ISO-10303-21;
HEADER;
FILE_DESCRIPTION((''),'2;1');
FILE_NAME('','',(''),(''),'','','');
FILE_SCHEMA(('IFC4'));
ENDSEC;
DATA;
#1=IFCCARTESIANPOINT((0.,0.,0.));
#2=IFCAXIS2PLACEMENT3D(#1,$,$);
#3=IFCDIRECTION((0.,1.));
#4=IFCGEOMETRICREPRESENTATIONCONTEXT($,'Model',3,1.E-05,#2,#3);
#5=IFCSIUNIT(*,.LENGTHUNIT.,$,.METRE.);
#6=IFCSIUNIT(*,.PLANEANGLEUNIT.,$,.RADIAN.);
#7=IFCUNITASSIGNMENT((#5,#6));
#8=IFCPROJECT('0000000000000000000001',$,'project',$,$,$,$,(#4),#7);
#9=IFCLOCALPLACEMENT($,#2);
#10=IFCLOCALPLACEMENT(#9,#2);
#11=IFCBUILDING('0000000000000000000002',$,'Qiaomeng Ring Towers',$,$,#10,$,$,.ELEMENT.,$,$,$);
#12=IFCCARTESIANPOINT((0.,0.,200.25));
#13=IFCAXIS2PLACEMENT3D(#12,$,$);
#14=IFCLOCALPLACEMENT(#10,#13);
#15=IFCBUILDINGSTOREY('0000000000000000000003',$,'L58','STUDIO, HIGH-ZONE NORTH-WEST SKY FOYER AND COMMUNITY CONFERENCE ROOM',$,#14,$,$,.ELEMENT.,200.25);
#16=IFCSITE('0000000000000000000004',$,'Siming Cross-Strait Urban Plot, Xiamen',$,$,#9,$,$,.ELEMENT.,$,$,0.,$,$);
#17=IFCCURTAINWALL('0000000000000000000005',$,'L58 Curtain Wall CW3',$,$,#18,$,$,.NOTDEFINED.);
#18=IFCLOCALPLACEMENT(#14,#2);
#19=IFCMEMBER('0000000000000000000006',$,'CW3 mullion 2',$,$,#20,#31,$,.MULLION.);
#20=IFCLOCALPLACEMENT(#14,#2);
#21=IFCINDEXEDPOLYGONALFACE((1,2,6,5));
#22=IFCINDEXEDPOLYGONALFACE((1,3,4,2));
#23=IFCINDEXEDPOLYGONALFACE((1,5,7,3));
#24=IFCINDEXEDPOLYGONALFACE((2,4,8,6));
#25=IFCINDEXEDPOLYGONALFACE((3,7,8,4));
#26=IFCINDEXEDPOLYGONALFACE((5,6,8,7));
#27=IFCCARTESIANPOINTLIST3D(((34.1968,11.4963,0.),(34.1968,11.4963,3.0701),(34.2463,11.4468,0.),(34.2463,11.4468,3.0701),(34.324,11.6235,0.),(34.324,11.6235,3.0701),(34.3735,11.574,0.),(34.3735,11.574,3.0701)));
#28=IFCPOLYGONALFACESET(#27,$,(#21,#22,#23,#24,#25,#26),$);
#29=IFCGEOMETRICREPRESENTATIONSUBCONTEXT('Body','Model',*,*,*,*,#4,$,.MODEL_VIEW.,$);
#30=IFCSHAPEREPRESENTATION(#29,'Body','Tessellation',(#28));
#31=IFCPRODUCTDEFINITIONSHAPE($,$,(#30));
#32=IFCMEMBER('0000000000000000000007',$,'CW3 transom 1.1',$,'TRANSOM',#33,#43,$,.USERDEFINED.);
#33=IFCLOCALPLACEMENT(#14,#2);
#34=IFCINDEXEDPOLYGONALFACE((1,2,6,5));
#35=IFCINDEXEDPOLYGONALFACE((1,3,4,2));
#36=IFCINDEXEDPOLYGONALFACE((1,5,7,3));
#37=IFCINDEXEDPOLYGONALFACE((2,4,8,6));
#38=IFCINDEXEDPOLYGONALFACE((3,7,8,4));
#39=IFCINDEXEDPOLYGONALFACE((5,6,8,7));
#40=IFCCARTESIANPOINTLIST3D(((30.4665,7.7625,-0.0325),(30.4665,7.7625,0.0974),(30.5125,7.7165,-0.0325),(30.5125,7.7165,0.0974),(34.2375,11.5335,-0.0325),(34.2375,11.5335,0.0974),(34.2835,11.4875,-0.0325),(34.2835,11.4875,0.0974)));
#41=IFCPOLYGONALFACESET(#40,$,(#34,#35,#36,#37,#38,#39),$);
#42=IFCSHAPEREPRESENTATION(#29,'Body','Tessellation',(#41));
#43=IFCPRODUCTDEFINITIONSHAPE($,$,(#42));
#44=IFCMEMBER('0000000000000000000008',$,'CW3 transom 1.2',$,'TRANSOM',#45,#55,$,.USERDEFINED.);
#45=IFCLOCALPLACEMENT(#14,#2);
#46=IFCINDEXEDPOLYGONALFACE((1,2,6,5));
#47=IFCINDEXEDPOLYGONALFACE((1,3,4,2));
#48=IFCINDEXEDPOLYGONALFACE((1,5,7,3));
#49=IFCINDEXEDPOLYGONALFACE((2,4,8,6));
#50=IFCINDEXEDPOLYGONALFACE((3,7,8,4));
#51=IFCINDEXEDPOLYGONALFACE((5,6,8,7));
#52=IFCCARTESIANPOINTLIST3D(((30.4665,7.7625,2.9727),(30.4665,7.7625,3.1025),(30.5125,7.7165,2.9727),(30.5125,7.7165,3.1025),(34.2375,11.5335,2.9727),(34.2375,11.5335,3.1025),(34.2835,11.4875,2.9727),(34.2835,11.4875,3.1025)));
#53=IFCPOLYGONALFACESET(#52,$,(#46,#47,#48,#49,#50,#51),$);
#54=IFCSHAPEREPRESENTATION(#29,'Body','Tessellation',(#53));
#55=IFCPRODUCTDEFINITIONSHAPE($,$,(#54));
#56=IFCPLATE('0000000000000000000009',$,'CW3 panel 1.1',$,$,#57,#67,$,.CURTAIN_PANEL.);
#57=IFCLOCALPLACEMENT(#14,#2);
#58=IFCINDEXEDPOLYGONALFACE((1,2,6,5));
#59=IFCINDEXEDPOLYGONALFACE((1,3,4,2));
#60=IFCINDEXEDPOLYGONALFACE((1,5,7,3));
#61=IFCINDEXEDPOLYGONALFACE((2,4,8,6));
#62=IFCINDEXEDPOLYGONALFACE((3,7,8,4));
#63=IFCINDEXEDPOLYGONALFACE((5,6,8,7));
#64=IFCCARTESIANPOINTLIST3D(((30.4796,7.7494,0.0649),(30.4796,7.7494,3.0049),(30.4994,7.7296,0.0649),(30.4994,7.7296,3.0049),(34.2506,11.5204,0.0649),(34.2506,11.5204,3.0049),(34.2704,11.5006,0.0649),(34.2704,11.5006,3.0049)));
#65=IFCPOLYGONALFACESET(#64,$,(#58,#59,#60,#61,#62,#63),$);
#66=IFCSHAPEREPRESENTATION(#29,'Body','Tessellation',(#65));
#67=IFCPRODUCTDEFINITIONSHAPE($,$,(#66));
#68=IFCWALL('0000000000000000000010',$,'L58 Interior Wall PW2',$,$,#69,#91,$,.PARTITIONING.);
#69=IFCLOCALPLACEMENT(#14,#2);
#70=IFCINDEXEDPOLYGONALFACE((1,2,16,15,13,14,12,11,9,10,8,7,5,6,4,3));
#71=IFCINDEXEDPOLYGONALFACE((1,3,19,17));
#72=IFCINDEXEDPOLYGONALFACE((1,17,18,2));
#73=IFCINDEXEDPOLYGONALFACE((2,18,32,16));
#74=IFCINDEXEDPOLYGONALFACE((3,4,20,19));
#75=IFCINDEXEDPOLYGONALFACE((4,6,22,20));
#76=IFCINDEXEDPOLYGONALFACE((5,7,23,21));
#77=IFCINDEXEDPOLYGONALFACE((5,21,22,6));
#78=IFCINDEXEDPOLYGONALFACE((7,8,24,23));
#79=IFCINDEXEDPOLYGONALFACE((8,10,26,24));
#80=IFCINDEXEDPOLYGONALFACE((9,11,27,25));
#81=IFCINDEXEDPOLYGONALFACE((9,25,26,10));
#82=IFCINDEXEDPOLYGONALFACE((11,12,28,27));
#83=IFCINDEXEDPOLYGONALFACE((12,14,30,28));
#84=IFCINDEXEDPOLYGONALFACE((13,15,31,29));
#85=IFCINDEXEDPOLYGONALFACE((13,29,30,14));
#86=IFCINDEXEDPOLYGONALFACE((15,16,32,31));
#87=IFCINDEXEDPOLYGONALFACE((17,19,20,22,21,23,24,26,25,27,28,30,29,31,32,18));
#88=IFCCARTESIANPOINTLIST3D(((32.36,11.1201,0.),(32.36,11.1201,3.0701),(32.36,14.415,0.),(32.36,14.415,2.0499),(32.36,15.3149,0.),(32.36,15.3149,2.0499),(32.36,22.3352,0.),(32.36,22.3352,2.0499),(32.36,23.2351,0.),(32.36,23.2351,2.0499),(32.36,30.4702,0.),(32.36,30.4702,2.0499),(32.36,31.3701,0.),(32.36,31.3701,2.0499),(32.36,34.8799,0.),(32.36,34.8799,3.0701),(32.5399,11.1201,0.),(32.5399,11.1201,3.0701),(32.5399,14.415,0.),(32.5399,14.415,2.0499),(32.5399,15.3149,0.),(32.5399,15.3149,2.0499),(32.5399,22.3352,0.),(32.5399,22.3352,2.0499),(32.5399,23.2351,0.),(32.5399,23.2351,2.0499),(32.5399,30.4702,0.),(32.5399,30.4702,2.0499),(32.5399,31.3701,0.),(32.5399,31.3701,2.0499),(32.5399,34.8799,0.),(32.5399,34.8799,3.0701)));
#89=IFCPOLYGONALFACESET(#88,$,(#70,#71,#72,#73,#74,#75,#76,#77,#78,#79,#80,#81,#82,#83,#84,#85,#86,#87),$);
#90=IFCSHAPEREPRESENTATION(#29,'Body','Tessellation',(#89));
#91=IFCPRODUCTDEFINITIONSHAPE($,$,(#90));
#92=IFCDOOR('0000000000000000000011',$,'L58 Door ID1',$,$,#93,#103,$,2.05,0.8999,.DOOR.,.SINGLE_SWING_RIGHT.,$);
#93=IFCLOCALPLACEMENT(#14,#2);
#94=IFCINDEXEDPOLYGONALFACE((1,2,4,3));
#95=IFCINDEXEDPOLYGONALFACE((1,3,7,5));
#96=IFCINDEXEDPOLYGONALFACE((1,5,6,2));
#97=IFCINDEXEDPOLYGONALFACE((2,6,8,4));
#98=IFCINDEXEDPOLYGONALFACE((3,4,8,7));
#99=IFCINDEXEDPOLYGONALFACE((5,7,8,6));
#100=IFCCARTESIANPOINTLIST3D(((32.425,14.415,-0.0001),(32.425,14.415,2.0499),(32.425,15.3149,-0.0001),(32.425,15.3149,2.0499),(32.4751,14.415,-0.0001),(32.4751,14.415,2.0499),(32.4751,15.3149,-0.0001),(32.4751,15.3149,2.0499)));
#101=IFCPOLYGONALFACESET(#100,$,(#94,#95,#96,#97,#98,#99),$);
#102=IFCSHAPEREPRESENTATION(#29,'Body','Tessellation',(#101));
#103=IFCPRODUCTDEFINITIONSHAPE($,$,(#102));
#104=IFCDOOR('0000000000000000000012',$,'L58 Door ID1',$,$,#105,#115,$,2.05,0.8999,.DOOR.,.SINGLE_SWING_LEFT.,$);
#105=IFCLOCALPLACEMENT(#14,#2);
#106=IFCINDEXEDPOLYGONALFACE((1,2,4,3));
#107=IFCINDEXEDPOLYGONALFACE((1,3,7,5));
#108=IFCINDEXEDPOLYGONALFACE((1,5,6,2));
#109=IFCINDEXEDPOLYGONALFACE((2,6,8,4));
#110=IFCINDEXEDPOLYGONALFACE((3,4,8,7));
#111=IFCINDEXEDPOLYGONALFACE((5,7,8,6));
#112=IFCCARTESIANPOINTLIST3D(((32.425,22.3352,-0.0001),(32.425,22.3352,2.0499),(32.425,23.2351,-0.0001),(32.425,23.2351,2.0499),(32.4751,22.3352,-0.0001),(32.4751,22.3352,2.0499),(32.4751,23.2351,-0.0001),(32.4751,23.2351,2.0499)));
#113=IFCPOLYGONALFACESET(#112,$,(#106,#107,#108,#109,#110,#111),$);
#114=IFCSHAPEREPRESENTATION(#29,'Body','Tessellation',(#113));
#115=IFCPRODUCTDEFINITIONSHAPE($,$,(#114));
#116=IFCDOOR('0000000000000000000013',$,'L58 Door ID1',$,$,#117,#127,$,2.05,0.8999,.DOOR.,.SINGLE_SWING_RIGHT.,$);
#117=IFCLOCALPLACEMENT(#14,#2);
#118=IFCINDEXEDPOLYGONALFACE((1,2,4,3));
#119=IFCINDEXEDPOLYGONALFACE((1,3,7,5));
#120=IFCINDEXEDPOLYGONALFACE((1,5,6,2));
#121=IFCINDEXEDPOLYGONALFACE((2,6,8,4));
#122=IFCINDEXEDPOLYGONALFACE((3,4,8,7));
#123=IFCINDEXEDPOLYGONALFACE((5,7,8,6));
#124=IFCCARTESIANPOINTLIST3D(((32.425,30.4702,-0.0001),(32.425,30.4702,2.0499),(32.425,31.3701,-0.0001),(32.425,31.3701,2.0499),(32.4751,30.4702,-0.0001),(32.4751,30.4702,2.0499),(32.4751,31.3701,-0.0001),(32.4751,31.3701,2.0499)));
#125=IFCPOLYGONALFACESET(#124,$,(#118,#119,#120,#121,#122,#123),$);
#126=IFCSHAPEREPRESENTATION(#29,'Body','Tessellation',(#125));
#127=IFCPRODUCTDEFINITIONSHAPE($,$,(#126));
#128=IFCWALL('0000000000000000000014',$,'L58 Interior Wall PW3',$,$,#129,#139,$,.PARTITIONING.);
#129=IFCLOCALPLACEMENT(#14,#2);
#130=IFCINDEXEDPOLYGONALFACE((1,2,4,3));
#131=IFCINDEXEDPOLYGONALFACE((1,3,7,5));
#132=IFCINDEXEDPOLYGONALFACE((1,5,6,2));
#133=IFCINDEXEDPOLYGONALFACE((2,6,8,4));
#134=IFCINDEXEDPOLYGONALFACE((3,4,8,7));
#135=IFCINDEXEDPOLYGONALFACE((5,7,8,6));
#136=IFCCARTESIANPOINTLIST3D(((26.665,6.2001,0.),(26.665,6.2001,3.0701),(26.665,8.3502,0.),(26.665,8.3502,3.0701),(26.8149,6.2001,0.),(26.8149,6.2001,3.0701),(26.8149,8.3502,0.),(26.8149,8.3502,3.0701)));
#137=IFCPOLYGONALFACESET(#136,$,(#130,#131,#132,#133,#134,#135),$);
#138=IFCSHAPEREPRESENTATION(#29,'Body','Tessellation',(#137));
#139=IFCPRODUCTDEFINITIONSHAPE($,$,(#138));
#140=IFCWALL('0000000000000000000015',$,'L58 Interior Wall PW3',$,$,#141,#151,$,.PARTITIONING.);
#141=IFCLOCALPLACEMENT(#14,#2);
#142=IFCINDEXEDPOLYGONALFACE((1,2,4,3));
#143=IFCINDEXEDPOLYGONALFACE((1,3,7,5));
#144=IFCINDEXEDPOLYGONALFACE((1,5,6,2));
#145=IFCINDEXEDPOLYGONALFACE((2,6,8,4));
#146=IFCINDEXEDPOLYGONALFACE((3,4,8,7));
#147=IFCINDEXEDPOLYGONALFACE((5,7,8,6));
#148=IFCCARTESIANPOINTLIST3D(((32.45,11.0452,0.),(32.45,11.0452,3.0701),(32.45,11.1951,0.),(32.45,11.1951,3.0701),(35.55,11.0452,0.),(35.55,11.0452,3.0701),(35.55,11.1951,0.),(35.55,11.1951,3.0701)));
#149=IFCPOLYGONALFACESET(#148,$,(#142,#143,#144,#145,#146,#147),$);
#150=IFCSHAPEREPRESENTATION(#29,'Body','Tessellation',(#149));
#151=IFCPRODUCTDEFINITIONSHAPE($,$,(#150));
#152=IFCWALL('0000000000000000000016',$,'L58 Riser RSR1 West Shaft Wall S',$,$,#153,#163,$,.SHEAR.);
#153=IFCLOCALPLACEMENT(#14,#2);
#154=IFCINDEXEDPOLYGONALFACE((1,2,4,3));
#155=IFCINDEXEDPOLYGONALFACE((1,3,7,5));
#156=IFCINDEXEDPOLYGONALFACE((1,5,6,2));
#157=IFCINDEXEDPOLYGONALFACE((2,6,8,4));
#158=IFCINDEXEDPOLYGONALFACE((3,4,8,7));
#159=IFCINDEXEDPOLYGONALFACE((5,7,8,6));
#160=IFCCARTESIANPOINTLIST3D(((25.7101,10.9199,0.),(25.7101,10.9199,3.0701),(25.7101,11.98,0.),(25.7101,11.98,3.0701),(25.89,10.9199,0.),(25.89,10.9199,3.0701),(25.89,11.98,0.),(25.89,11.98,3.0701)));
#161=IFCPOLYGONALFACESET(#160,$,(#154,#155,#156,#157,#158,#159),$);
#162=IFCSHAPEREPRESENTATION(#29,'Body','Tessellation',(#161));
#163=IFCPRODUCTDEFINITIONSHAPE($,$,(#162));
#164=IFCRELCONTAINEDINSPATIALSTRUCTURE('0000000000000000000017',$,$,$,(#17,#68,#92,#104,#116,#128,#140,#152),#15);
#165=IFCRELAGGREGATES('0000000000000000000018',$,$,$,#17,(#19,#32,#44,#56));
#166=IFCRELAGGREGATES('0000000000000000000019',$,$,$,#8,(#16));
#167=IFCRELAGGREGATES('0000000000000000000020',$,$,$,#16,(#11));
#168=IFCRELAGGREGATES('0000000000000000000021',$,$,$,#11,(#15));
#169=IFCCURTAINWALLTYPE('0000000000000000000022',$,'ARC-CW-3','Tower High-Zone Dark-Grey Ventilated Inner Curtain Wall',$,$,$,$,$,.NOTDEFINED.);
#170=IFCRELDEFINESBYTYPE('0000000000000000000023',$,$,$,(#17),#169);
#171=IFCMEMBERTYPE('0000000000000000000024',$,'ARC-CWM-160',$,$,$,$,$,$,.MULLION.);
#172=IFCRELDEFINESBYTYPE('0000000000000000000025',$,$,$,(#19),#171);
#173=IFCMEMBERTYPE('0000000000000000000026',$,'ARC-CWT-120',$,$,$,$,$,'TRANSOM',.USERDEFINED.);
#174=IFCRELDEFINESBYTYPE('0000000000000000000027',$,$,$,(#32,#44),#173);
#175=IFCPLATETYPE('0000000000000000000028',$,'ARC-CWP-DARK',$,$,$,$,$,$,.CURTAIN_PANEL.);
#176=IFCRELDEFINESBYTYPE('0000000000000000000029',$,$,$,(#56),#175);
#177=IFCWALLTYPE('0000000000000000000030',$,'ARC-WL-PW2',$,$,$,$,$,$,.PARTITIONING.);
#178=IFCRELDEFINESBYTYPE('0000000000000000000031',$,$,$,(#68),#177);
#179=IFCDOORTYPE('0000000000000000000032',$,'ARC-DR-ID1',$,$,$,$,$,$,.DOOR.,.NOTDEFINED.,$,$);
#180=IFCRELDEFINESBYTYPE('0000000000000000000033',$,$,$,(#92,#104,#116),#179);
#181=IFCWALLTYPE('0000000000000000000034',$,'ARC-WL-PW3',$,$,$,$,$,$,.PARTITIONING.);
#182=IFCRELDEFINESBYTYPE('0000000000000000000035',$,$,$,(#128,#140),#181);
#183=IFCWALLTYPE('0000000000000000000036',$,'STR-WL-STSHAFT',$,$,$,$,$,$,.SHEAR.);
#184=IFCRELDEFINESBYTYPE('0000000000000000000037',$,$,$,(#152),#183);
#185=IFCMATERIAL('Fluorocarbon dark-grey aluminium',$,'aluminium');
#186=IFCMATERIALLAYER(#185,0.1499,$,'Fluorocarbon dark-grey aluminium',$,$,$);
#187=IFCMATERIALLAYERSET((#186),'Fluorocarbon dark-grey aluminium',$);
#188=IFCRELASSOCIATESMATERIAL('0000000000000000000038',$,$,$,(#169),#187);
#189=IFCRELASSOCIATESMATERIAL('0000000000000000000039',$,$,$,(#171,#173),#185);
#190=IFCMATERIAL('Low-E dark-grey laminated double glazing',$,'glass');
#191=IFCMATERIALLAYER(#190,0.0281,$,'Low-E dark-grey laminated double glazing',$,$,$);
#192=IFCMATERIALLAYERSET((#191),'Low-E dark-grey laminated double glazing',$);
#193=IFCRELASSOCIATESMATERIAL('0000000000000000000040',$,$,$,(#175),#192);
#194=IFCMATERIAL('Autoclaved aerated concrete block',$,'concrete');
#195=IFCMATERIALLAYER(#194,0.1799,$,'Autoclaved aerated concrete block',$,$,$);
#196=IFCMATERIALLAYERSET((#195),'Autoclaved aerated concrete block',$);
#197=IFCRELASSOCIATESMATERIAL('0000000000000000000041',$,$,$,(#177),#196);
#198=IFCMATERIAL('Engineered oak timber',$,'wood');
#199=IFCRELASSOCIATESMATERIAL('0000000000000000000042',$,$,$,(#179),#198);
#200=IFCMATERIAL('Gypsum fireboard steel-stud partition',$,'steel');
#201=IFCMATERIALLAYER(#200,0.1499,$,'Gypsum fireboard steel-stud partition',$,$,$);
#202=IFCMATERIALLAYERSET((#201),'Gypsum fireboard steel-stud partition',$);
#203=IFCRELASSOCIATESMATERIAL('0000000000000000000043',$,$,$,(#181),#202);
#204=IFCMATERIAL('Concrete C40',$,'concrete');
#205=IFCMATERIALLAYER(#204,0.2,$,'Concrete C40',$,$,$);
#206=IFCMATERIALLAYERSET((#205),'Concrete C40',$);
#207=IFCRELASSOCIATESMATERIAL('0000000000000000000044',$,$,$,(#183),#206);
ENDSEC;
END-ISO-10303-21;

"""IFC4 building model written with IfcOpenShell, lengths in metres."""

from ifc_helpers import new_model, si_unit, direction, frame, frame_2d, origin, origin_2d, place, context, subcontext, project, spatial, rectangle, extrude, source, transform, mapped, material, layer, layer_set, material_profile, profile_set, type_object, element, fill, aggregate, save


model = new_model("IFC4")

# Units and contexts
model_context = context("Model", 3, precision=1e-05, world=origin(), true_north=direction((0.0, 1.0)))
body_context = subcontext(model_context, "Body", "Model", "MODEL_VIEW")
ifc_project = project(units=[si_unit("LENGTHUNIT", "METRE"), si_unit("PLANEANGLEUNIT", "RADIAN")], contexts=[model_context])

# Site, building, storey
site_placement = place(None, origin())
site = spatial("IfcSite", under=ifc_project, at=site_placement, Name="Siming Cross-Strait Urban Plot, Xiamen", CompositionType="ELEMENT", RefElevation=0.0)
building_placement = place(site_placement, origin())
building = spatial("IfcBuilding", under=site, at=building_placement, Name="Qiaomeng Ring Towers", CompositionType="ELEMENT")
storey_placement = place(building_placement, frame((0.0, 0.0, 200.25)))
storey = spatial("IfcBuildingStorey", under=building, at=storey_placement, Name="L58", Description="STUDIO, HIGH-ZONE NORTH-WEST SKY FOYER AND COMMUNITY CONFERENCE ROOM", CompositionType="ELEMENT", Elevation=200.25)

# Shared definitions
ifc_material_1 = material(Name="Concrete C40", Category="concrete")

# Curtain wall, members, plate
ifc_material_2 = material(Name="Fluorocarbon dark-grey aluminium", Category="aluminium")
ifc_layer_1 = layer(ifc_material_2, 0.1499, Name="Fluorocarbon dark-grey aluminium")
ifc_layer_set_1 = layer_set([ifc_layer_1], Name="Fluorocarbon dark-grey aluminium")
curtain_wall_type = type_object("IfcCurtainWallType", Name="ARC-CW-3", Description="Tower High-Zone Dark-Grey Ventilated Inner Curtain Wall", PredefinedType="NOTDEFINED", material=ifc_layer_set_1)
curtain_wall_placement = place(storey_placement, origin())
curtain_wall = element("IfcCurtainWall", 1, at=curtain_wall_placement, inside=storey, type_object=curtain_wall_type, Name="L58 Curtain Wall CW3", PredefinedType="NOTDEFINED")
ifc_material_profile_1 = material_profile(ifc_material_2, rectangle(XDim=0.0701, YDim=0.1799, at=origin_2d()), Name="ALU MULL 70x180")
ifc_profile_set_1 = profile_set([ifc_material_profile_1], Name="Fluorocarbon dark-grey aluminium")
member_type_1 = type_object("IfcMemberType", Name="ARC-CWM-160", PredefinedType="MULLION", material=ifc_profile_set_1)
shared_shape_1 = source(origin(), body_context, "Body", "SweptSolid", [
    extrude(rectangle(XDim=0.0701, YDim=0.1799, at=origin_2d()), origin(), (0.0, 0.0, 1.0), 3.0701),
])
member_1_placement = place(storey_placement, frame((34.2852, 11.5352, 0.0), z_axis=(0.0, 0.0, 1.0), x_axis=(-0.707107, 0.707107, 0.0)))
member_1 = element("IfcMember", 2, at=member_1_placement, type_object=member_type_1, Name="CW3 mullion 2", PredefinedType="MULLION", context=body_context, shape_type="MappedRepresentation", body=[
    mapped(shared_shape_1, transform((0.0, 0.0, 0.0), x_axis=(1.0, 0.0, 0.0), y_axis=(0.0, 1.0, 0.0), z_axis=(0.0, 0.0, 1.0), scale=1.0)),
])
ifc_material_profile_2 = material_profile(ifc_material_2, rectangle(XDim=0.0649, YDim=0.1299, at=origin_2d()), Name="ALU TRAN 65x130")
ifc_profile_set_2 = profile_set([ifc_material_profile_2], Name="Fluorocarbon dark-grey aluminium")
member_type_2 = type_object("IfcMemberType", Name="ARC-CWT-120", ElementType="TRANSOM", PredefinedType="USERDEFINED", material=ifc_profile_set_2)
shared_shape_2 = source(origin(), body_context, "Body", "SweptSolid", [
    extrude(rectangle(XDim=0.0649, YDim=0.1299, at=origin_2d()), origin(), (0.0, 0.0, 1.0), 5.333),
])
member_2_placement = place(storey_placement, frame((30.4895, 7.7395, 0.0325), z_axis=(0.707107, 0.707107, 0.0), x_axis=(-0.707107, 0.707107, 0.0)))
member_2 = element("IfcMember", 3, at=member_2_placement, type_object=member_type_2, Name="CW3 transom 1.1", ObjectType="TRANSOM", PredefinedType="USERDEFINED", context=body_context, shape_type="MappedRepresentation", body=[
    mapped(shared_shape_2, transform((0.0, 0.0, 0.0), x_axis=(1.0, 0.0, 0.0), y_axis=(0.0, 1.0, 0.0), z_axis=(0.0, 0.0, 1.0), scale=1.0)),
])
member_3_placement = place(storey_placement, frame((30.4895, 7.7395, 3.0376), z_axis=(0.707107, 0.707107, 0.0), x_axis=(-0.707107, 0.707107, 0.0)))
member_3 = element("IfcMember", 4, at=member_3_placement, type_object=member_type_2, Name="CW3 transom 1.2", ObjectType="TRANSOM", PredefinedType="USERDEFINED", context=body_context, shape_type="MappedRepresentation", body=[
    mapped(shared_shape_2, transform((0.0, 0.0, 0.0), x_axis=(1.0, 0.0, 0.0), y_axis=(0.0, 1.0, 0.0), z_axis=(0.0, 0.0, 1.0), scale=1.0)),
])
ifc_material_3 = material(Name="Low-E dark-grey laminated double glazing", Category="glass")
ifc_layer_2 = layer(ifc_material_3, 0.0281, Name="Low-E dark-grey laminated double glazing")
ifc_layer_set_2 = layer_set([ifc_layer_2], Name="Low-E dark-grey laminated double glazing")
plate_type = type_object("IfcPlateType", Name="ARC-CWP-DARK", PredefinedType="CURTAIN_PANEL", material=ifc_layer_set_2)
shared_shape_3 = source(origin(), body_context, "Body", "SweptSolid", [
    extrude(rectangle(XDim=5.333, YDim=0.0281, at=origin_2d()), origin(), (0.0, 0.0, 1.0), 2.9399),
])
plate_placement = place(storey_placement, frame((32.375, 9.625, 0.0649), z_axis=(0.0, 0.0, 1.0), x_axis=(0.707107, 0.707107, 0.0)))
plate = element("IfcPlate", 5, at=plate_placement, type_object=plate_type, Name="CW3 panel 1.1", PredefinedType="CURTAIN_PANEL", context=body_context, shape_type="MappedRepresentation", body=[
    mapped(shared_shape_3, transform((0.0, 0.0, 0.0), x_axis=(1.0, 0.0, 0.0), y_axis=(0.0, 1.0, 0.0), z_axis=(0.0, 0.0, 1.0), scale=1.0)),
])
aggregate(curtain_wall, [member_1, member_2, member_3, plate])

# Wall, openings, doors
ifc_material_4 = material(Name="Autoclaved aerated concrete block", Category="concrete")
ifc_layer_3 = layer(ifc_material_4, 0.1799, Name="Autoclaved aerated concrete block")
ifc_layer_set_3 = layer_set([ifc_layer_3], Name="Autoclaved aerated concrete block")
wall_type_1 = type_object("IfcWallType", Name="ARC-WL-PW2", PredefinedType="PARTITIONING", material=ifc_layer_set_3)
wall_1_placement = place(storey_placement, frame((32.45, 11.1201, 0.0), z_axis=(0.0, 0.0, 1.0), x_axis=(0.0, 1.0, 0.0)))
wall_1 = element("IfcWall", 6, at=wall_1_placement, inside=storey, type_object=wall_type_1, Name="L58 Interior Wall PW2", PredefinedType="PARTITIONING", context=body_context, shape_type="SweptSolid", body=[
    extrude(rectangle(XDim=23.7598, YDim=0.1799, at=frame_2d((11.8799, 0.0))), origin(), (0.0, 0.0, 1.0), 3.0701),
])
opening_1_placement = place(wall_1_placement, frame((3.2949, 0.0, 0.0)))
opening_1 = element("IfcOpeningElement", 7, at=opening_1_placement, cuts=wall_1, PredefinedType="OPENING", context=body_context, shape_type="SweptSolid", body=[
    extrude(rectangle(XDim=0.8999, YDim=2.05, at=frame_2d((0.45, 1.0249))), frame((0.0, 0.0999, 0.0), z_axis=(0.0, -1.0, 0.0), x_axis=(1.0, 0.0, 0.0)), (0.0, 0.0, 1.0), 0.2),
])
opening_2_placement = place(wall_1_placement, frame((11.2151, 0.0, 0.0)))
opening_2 = element("IfcOpeningElement", 8, at=opening_2_placement, cuts=wall_1, PredefinedType="OPENING", context=body_context, shape_type="SweptSolid", body=[
    extrude(rectangle(XDim=0.8999, YDim=2.05, at=frame_2d((0.45, 1.0249))), frame((0.0, 0.0999, 0.0), z_axis=(0.0, -1.0, 0.0), x_axis=(1.0, 0.0, 0.0)), (0.0, 0.0, 1.0), 0.2),
])
opening_3_placement = place(wall_1_placement, frame((19.3501, 0.0, 0.0)))
opening_3 = element("IfcOpeningElement", 9, at=opening_3_placement, cuts=wall_1, PredefinedType="OPENING", context=body_context, shape_type="SweptSolid", body=[
    extrude(rectangle(XDim=0.8999, YDim=2.05, at=frame_2d((0.45, 1.0249))), frame((0.0, 0.0999, 0.0), z_axis=(0.0, -1.0, 0.0), x_axis=(1.0, 0.0, 0.0)), (0.0, 0.0, 1.0), 0.2),
])
ifc_material_5 = material(Name="Engineered oak timber", Category="wood")
door_type_1 = type_object("IfcDoorType", Name="ARC-DR-ID1", OperationType="NOTDEFINED", PredefinedType="DOOR", material=ifc_material_5)
shared_shape_4 = source(origin(), body_context, "Body", "SweptSolid", [
    extrude(rectangle(XDim=0.8999, YDim=2.05, at=frame_2d((0.45, 1.0249))), frame((0.0, 0.0249, 0.0), z_axis=(0.0, -1.0, 0.0), x_axis=(1.0, 0.0, 0.0)), (0.0, 0.0, 1.0), 0.05),
])
door_1_placement = place(opening_1_placement, origin())
door_1 = element("IfcDoor", 10, at=door_1_placement, inside=storey, type_object=door_type_1, Name="L58 Door ID1", OperationType="SINGLE_SWING_RIGHT", OverallHeight=2.05, OverallWidth=0.8999, PredefinedType="DOOR", context=body_context, shape_type="MappedRepresentation", body=[
    mapped(shared_shape_4, transform((0.0, 0.0, 0.0), x_axis=(1.0, 0.0, 0.0), y_axis=(0.0, 1.0, 0.0), z_axis=(0.0, 0.0, 1.0), scale=1.0)),
])
fill(opening_1, door_1)
door_2_placement = place(opening_2_placement, origin())
door_2 = element("IfcDoor", 11, at=door_2_placement, inside=storey, type_object=door_type_1, Name="L58 Door ID1", OperationType="SINGLE_SWING_LEFT", OverallHeight=2.05, OverallWidth=0.8999, PredefinedType="DOOR", context=body_context, shape_type="MappedRepresentation", body=[
    mapped(shared_shape_4, transform((0.0, 0.0, 0.0), x_axis=(1.0, 0.0, 0.0), y_axis=(0.0, 1.0, 0.0), z_axis=(0.0, 0.0, 1.0), scale=1.0)),
])
fill(opening_2, door_2)
door_3_placement = place(opening_3_placement, origin())
door_3 = element("IfcDoor", 12, at=door_3_placement, inside=storey, type_object=door_type_1, Name="L58 Door ID1", OperationType="SINGLE_SWING_RIGHT", OverallHeight=2.05, OverallWidth=0.8999, PredefinedType="DOOR", context=body_context, shape_type="MappedRepresentation", body=[
    mapped(shared_shape_4, transform((0.0, 0.0, 0.0), x_axis=(1.0, 0.0, 0.0), y_axis=(0.0, 1.0, 0.0), z_axis=(0.0, 0.0, 1.0), scale=1.0)),
])
fill(opening_3, door_3)

# Walls
ifc_material_6 = material(Name="Gypsum fireboard steel-stud partition", Category="steel")
ifc_layer_4 = layer(ifc_material_6, 0.1499, Name="Gypsum fireboard steel-stud partition")
ifc_layer_set_4 = layer_set([ifc_layer_4], Name="Gypsum fireboard steel-stud partition")
wall_type_2 = type_object("IfcWallType", Name="ARC-WL-PW3", PredefinedType="PARTITIONING", material=ifc_layer_set_4)
wall_2_placement = place(storey_placement, frame((26.74, 6.2, 0.0), z_axis=(0.0, 0.0, 1.0), x_axis=(0.0, 1.0, 0.0)))
element("IfcWall", 13, at=wall_2_placement, inside=storey, type_object=wall_type_2, Name="L58 Interior Wall PW3", PredefinedType="PARTITIONING", context=body_context, shape_type="SweptSolid", body=[
    extrude(rectangle(XDim=2.1501, YDim=0.1499, at=frame_2d((1.0752, 0.0))), origin(), (0.0, 0.0, 1.0), 3.0701),
])
wall_3_placement = place(storey_placement, frame((32.45, 11.1201, 0.0), z_axis=(0.0, 0.0, 1.0), x_axis=(1.0, 0.0, 0.0)))
element("IfcWall", 14, at=wall_3_placement, inside=storey, type_object=wall_type_2, Name="L58 Interior Wall PW3", PredefinedType="PARTITIONING", context=body_context, shape_type="SweptSolid", body=[
    extrude(rectangle(XDim=3.1001, YDim=0.1499, at=frame_2d((1.55, 0.0))), origin(), (0.0, 0.0, 1.0), 3.0701),
])
ifc_layer_5 = layer(ifc_material_1, 0.2, Name="Concrete C40")
ifc_layer_set_5 = layer_set([ifc_layer_5], Name="Concrete C40")
wall_type_3 = type_object("IfcWallType", Name="STR-WL-STSHAFT", PredefinedType="SHEAR", material=ifc_layer_set_5)
wall_4_placement = place(storey_placement, frame((25.8, 10.9199, 0.0), z_axis=(0.0, 0.0, 1.0), x_axis=(0.0, 1.0, 0.0)))
element("IfcWall", 15, at=wall_4_placement, inside=storey, type_object=wall_type_3, Name="L58 Riser RSR1 West Shaft Wall S", PredefinedType="SHEAR", context=body_context, shape_type="SweptSolid", body=[
    extrude(rectangle(XDim=1.0601, YDim=0.1799, at=frame_2d((0.53, 0.0))), origin(), (0.0, 0.0, 1.0), 3.0701),
])

save(model, "model.ifc")
